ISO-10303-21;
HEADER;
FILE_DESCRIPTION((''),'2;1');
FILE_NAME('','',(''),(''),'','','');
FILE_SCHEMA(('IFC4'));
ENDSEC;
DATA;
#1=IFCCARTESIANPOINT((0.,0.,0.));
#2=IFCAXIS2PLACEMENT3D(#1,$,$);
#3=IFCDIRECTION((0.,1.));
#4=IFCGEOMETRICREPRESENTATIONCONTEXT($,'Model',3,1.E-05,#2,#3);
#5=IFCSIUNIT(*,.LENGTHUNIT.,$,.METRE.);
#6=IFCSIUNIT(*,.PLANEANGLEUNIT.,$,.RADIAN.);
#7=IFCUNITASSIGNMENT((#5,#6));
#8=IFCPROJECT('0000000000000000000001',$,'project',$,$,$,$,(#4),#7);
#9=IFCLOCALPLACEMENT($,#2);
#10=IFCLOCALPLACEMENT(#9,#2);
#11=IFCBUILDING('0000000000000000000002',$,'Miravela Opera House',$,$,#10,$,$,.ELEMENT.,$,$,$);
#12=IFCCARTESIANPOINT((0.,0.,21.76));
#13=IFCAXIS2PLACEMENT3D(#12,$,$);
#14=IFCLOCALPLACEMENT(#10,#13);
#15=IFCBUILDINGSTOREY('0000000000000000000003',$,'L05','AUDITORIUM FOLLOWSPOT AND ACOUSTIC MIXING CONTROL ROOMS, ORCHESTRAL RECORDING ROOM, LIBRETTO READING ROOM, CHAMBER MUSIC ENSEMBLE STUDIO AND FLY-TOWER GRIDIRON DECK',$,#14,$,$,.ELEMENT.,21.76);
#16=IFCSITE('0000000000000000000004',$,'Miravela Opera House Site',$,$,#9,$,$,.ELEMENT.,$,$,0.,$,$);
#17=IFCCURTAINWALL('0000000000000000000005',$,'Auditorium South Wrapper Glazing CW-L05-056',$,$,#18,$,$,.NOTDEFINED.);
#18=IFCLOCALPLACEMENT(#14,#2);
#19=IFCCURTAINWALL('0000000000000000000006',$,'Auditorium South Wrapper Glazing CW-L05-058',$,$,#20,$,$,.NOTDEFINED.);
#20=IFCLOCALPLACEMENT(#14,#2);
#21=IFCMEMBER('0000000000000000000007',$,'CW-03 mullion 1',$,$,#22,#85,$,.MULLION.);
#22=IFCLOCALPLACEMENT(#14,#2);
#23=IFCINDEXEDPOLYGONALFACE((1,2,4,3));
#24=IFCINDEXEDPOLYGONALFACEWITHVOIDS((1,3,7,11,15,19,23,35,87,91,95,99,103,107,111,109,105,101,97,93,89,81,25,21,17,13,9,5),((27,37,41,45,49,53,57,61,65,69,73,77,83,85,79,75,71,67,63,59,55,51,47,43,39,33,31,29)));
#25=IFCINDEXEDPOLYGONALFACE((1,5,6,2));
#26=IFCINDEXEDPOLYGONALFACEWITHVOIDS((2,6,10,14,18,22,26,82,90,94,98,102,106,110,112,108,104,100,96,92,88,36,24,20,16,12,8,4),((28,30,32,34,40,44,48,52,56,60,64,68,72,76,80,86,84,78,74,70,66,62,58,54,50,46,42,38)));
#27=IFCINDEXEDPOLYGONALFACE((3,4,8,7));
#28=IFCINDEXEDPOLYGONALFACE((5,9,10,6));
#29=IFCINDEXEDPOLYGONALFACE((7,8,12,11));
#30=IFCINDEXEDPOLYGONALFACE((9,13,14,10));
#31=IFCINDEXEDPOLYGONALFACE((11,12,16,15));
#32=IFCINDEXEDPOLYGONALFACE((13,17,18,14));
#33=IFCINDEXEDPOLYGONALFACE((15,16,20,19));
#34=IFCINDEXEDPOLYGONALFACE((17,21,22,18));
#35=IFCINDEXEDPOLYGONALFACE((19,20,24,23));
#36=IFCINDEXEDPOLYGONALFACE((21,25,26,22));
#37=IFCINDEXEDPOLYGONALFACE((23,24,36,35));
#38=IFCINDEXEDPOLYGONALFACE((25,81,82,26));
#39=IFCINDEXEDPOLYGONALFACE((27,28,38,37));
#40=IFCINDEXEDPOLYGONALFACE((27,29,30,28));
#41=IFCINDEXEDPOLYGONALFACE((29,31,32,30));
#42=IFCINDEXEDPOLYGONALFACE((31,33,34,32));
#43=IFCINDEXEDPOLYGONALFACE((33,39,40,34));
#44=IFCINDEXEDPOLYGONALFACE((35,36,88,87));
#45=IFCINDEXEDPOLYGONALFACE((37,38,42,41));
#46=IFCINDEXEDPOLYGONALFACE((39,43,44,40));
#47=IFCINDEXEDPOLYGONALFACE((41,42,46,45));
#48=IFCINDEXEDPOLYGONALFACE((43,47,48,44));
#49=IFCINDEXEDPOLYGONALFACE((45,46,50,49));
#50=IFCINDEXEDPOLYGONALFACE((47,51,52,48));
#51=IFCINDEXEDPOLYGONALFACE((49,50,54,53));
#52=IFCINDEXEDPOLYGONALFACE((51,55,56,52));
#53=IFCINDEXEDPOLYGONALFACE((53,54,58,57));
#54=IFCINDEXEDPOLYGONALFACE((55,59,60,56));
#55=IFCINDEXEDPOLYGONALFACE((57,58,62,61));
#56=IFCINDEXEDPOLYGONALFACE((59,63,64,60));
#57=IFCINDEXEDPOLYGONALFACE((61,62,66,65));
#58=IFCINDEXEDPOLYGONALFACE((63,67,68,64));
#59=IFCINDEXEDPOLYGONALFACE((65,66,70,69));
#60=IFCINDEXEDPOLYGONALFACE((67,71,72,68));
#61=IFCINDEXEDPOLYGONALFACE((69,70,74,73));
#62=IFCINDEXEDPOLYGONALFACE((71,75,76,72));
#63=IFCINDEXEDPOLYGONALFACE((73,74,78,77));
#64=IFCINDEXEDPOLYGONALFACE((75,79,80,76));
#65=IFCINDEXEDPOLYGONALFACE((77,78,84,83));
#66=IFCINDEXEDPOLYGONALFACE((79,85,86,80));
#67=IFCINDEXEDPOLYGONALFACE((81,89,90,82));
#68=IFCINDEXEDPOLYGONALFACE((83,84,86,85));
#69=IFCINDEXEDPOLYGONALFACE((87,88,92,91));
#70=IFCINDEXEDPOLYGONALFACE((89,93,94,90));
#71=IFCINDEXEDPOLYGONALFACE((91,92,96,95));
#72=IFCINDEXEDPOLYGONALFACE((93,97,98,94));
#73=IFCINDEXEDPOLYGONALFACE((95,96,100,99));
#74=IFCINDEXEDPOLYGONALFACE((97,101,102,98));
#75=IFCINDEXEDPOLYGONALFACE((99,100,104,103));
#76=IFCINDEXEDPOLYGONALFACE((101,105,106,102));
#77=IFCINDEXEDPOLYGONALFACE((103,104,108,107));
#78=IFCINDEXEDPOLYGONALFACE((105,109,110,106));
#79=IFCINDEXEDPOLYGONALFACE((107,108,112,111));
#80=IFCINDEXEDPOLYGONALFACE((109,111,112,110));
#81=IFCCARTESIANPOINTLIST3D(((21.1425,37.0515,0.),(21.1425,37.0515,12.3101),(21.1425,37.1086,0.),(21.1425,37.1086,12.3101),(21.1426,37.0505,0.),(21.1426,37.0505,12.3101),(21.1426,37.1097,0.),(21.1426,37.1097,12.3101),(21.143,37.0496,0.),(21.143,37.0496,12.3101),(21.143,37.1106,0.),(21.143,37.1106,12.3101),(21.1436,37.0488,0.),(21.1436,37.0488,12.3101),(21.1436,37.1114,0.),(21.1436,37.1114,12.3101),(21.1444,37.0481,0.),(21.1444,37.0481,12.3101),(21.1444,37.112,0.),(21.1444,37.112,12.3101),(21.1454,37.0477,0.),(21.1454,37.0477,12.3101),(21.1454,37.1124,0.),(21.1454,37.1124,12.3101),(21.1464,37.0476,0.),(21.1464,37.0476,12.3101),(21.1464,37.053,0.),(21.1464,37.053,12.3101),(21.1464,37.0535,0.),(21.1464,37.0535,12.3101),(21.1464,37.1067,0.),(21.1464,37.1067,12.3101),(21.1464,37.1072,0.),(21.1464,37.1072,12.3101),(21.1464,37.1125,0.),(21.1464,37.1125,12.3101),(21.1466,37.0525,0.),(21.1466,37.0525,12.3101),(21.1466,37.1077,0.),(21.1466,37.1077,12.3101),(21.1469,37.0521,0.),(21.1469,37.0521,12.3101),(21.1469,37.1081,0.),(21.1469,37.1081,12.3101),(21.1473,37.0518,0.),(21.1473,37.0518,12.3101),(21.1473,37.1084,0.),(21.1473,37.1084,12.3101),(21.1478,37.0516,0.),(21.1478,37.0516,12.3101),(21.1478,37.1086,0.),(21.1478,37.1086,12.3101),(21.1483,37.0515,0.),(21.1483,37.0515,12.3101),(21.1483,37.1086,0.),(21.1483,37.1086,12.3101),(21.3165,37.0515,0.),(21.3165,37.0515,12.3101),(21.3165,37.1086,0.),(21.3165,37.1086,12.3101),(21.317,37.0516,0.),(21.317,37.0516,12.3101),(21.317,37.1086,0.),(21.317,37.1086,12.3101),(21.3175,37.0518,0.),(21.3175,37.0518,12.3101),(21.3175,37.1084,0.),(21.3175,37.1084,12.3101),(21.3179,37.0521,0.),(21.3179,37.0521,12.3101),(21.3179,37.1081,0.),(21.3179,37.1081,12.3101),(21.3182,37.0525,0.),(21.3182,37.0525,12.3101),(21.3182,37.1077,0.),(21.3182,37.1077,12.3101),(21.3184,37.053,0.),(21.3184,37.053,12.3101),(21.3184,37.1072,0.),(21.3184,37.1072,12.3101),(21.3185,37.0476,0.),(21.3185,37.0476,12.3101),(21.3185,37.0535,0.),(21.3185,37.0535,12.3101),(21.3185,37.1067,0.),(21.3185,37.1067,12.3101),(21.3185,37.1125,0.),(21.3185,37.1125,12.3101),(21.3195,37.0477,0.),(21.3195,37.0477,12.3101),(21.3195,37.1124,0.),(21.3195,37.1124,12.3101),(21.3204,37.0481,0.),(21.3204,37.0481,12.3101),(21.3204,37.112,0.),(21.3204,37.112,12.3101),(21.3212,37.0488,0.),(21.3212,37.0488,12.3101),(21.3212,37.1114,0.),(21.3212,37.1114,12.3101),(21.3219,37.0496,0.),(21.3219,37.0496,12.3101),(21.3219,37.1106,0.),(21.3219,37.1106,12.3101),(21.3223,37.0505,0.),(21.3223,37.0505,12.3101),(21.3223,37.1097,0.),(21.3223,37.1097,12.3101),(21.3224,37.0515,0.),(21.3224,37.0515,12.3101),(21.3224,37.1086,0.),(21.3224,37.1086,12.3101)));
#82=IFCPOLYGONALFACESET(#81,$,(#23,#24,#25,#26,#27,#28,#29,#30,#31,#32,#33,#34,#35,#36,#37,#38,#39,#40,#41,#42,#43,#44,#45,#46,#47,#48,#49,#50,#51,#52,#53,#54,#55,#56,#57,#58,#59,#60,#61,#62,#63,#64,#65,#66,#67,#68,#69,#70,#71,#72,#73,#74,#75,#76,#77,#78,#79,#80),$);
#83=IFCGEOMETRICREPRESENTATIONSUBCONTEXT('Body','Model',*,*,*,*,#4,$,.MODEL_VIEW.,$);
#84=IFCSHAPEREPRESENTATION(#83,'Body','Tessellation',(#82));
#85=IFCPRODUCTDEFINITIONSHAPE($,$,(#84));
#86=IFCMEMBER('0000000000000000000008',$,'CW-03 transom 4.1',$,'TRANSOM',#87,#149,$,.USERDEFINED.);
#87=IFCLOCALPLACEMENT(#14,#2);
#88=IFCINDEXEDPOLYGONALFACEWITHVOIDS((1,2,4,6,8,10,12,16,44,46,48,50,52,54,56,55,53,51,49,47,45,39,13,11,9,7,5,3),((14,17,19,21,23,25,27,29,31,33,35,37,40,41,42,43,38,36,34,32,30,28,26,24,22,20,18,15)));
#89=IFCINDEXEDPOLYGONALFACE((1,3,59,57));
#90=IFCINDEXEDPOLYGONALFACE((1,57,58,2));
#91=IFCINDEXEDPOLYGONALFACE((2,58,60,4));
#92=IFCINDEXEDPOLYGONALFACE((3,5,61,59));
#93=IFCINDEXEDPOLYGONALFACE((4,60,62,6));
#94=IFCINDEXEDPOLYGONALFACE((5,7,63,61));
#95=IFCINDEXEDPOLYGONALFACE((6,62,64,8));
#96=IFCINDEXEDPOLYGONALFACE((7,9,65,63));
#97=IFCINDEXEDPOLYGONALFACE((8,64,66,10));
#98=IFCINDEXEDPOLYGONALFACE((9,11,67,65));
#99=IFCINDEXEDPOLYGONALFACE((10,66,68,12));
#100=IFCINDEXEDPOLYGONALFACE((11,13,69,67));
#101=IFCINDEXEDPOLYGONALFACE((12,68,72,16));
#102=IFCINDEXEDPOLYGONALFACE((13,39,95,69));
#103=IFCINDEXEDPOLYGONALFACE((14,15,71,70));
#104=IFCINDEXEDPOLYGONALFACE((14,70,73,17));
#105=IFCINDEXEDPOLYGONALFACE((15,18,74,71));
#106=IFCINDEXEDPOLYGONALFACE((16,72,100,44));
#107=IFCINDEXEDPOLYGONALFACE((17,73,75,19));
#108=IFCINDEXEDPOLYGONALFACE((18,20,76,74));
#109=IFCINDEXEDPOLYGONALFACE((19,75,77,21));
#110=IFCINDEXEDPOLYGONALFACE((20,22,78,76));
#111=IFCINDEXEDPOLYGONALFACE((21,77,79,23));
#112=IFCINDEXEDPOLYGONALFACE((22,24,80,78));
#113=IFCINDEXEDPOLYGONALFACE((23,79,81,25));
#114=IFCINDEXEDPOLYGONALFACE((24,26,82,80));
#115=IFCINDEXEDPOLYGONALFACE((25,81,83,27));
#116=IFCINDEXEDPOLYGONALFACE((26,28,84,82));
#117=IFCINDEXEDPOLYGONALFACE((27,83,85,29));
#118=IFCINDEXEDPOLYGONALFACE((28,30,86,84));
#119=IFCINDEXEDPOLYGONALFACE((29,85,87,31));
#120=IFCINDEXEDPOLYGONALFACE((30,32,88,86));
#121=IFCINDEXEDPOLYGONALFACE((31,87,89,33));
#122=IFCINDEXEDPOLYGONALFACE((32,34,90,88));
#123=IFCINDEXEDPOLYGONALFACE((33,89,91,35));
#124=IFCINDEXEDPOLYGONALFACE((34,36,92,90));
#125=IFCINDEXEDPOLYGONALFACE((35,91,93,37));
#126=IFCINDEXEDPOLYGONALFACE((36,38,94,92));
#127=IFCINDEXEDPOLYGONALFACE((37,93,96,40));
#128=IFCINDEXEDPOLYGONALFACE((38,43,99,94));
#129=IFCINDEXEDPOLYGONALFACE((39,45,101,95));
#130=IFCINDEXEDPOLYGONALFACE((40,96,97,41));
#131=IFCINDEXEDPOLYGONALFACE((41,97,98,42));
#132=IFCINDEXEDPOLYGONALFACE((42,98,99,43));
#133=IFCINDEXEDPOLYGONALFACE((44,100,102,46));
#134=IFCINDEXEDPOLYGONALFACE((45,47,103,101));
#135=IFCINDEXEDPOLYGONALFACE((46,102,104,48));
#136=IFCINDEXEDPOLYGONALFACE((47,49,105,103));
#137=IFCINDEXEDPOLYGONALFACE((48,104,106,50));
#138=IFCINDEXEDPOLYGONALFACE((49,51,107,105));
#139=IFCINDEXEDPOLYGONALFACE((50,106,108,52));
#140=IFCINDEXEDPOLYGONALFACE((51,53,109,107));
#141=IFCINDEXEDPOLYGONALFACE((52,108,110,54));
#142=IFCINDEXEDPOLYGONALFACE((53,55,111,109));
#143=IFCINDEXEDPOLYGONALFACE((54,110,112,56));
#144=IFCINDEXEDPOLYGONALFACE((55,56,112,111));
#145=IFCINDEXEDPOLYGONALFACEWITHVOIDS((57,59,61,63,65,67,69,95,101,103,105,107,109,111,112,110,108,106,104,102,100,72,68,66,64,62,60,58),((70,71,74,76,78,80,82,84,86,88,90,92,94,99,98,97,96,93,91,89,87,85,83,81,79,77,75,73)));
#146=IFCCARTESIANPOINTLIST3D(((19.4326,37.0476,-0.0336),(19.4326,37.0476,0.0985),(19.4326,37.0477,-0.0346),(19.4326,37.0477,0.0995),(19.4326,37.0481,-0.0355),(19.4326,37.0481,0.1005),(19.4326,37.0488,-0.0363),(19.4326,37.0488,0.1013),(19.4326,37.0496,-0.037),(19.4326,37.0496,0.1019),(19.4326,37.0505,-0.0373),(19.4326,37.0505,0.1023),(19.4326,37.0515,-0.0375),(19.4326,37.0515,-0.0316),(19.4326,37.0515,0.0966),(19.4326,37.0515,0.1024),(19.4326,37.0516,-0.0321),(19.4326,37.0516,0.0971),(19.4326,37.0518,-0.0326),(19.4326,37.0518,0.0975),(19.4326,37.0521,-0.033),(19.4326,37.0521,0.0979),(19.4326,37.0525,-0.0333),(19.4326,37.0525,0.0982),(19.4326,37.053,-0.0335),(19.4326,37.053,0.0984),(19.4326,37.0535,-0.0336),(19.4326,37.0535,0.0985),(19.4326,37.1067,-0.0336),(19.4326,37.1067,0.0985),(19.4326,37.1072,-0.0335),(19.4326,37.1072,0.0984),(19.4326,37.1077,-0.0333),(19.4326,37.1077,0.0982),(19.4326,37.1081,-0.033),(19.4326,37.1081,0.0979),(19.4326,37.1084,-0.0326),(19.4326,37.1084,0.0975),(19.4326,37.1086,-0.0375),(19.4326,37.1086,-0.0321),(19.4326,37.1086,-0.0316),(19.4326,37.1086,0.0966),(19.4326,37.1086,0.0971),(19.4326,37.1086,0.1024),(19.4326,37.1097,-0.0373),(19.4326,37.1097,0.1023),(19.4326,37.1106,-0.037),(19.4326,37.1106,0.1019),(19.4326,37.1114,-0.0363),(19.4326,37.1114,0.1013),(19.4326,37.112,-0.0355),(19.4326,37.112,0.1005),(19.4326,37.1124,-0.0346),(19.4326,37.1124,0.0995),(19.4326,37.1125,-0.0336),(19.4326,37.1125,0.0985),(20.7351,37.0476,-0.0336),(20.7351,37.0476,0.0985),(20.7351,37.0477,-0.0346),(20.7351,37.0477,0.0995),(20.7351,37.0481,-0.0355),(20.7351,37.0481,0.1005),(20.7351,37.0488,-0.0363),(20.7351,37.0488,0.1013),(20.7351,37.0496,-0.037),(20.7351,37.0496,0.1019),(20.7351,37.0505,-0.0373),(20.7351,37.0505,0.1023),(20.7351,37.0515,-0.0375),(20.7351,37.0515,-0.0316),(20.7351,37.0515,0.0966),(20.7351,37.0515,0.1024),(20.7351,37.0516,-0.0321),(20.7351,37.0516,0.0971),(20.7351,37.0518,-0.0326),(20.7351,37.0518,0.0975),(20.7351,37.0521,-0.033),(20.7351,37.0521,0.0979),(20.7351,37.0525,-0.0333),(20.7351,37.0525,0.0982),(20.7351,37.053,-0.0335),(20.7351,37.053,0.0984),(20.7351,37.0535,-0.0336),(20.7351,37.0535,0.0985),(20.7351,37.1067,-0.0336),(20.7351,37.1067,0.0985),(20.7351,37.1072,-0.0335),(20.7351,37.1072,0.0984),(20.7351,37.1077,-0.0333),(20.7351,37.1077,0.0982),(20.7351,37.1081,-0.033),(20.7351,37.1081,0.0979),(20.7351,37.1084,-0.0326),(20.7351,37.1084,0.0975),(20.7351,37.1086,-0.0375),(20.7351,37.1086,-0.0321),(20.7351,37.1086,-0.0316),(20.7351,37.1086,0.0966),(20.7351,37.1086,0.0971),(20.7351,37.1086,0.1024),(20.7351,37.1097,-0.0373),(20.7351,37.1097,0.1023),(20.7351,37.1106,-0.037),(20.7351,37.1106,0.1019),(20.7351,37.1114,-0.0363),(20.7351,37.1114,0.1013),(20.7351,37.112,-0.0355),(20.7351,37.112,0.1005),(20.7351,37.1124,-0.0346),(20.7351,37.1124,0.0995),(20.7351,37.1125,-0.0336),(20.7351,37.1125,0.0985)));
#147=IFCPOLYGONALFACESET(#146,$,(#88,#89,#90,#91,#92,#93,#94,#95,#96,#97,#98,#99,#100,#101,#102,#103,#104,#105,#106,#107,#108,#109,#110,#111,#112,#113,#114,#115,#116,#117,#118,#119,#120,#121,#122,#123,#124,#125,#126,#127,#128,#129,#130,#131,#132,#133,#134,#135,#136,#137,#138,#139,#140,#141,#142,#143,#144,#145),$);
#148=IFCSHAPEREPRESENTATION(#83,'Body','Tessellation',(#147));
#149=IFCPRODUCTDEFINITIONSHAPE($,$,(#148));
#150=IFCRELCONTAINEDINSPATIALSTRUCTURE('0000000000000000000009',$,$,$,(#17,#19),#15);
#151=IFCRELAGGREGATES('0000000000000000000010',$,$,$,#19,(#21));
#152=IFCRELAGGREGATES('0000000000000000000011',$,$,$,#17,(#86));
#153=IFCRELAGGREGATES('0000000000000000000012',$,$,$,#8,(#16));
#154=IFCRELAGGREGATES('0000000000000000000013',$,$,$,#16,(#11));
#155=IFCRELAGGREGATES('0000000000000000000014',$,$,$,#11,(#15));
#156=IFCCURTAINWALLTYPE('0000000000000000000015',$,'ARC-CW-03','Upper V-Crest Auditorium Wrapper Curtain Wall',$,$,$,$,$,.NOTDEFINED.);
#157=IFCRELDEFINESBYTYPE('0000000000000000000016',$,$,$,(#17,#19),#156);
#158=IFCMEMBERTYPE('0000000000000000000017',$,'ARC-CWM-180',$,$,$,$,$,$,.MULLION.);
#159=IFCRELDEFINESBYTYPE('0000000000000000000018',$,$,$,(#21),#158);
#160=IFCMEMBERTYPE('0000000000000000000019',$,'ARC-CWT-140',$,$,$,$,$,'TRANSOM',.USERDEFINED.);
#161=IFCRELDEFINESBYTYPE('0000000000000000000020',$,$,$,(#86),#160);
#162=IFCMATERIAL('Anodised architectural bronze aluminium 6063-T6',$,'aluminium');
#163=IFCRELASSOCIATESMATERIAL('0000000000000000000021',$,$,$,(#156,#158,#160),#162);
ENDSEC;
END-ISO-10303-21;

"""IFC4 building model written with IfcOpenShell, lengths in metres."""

from ifc_helpers import new_model, si_unit, direction, frame, origin, origin_2d, place, context, subcontext, project, spatial, hollow_rectangle, extrude, material, material_profile, profile_set, type_object, element, aggregate, save


model = new_model("IFC4")

# Units and contexts
model_context = context("Model", 3, precision=1e-05, world=origin(), true_north=direction((0.0, 1.0)))
body_context = subcontext(model_context, "Body", "Model", "MODEL_VIEW")
ifc_project = project(units=[si_unit("LENGTHUNIT", "METRE"), si_unit("PLANEANGLEUNIT", "RADIAN")], contexts=[model_context])

# Site, building, storey
site_placement = place(None, origin())
site = spatial("IfcSite", under=ifc_project, at=site_placement, Name="Miravela Opera House Site", CompositionType="ELEMENT", RefElevation=0.0)
building_placement = place(site_placement, origin())
building = spatial("IfcBuilding", under=site, at=building_placement, Name="Miravela Opera House", CompositionType="ELEMENT")
storey_placement = place(building_placement, frame((0.0, 0.0, 21.76)))
storey = spatial("IfcBuildingStorey", under=building, at=storey_placement, Name="L05", Description="AUDITORIUM FOLLOWSPOT AND ACOUSTIC MIXING CONTROL ROOMS, ORCHESTRAL RECORDING ROOM, LIBRETTO READING ROOM, CHAMBER MUSIC ENSEMBLE STUDIO AND FLY-TOWER GRIDIRON DECK", CompositionType="ELEMENT", Elevation=21.76)

# Curtain wall
ifc_material_1 = material(Name="Anodised architectural bronze aluminium 6063-T6", Category="aluminium")
curtain_wall_type = type_object("IfcCurtainWallType", Name="ARC-CW-03", Description="Upper V-Crest Auditorium Wrapper Curtain Wall", PredefinedType="NOTDEFINED", material=ifc_material_1)
curtain_wall_1_placement = place(storey_placement, origin())
curtain_wall_1 = element("IfcCurtainWall", 1, at=curtain_wall_1_placement, inside=storey, type_object=curtain_wall_type, Name="Auditorium South Wrapper Glazing CW-L05-056", PredefinedType="NOTDEFINED")
ifc_material_profile_1 = material_profile(ifc_material_1, hollow_rectangle(XDim=0.0649, YDim=0.1799, WallThickness=0.0039, InnerFilletRadius=0.002, OuterFilletRadius=0.0039, at=origin_2d()), Name="CWM-65X180")
ifc_profile_set_1 = profile_set([ifc_material_profile_1])
member_type_1 = type_object("IfcMemberType", Name="ARC-CWM-180", PredefinedType="MULLION", material=ifc_profile_set_1)

# Curtain wall, member
curtain_wall_2_placement = place(storey_placement, origin())
curtain_wall_2 = element("IfcCurtainWall", 2, at=curtain_wall_2_placement, inside=storey, type_object=curtain_wall_type, Name="Auditorium South Wrapper Glazing CW-L05-058", PredefinedType="NOTDEFINED")
member_1_placement = place(storey_placement, frame((21.2324, 37.0801, 0.0), z_axis=(0.0, 0.0, 1.0), x_axis=(0.0, 1.0, 0.0)))
member_1 = element("IfcMember", 3, at=member_1_placement, type_object=member_type_1, Name="CW-03 mullion 1", PredefinedType="MULLION", context=body_context, shape_type="SweptSolid", body=[
    extrude(hollow_rectangle(XDim=0.0649, YDim=0.1799, WallThickness=0.0039, InnerFilletRadius=0.002, OuterFilletRadius=0.0039, at=origin_2d()), origin(), (0.0, 0.0, 1.0), 12.3101),
])

# Member
ifc_material_profile_2 = material_profile(ifc_material_1, hollow_rectangle(XDim=0.0649, YDim=0.1399, WallThickness=0.0039, InnerFilletRadius=0.002, OuterFilletRadius=0.0039, at=origin_2d()), Name="CWT-65X140")
ifc_profile_set_2 = profile_set([ifc_material_profile_2])
member_type_2 = type_object("IfcMemberType", Name="ARC-CWT-140", ElementType="TRANSOM", PredefinedType="USERDEFINED", material=ifc_profile_set_2)
member_2_placement = place(storey_placement, frame((19.4326, 37.0801, 0.0325), z_axis=(1.0, 0.0, 0.0), x_axis=(0.0, 1.0, 0.0)))
member_2 = element("IfcMember", 4, at=member_2_placement, type_object=member_type_2, Name="CW-03 transom 4.1", ObjectType="TRANSOM", PredefinedType="USERDEFINED", context=body_context, shape_type="SweptSolid", body=[
    extrude(hollow_rectangle(XDim=0.0649, YDim=0.1399, WallThickness=0.0039, InnerFilletRadius=0.002, OuterFilletRadius=0.0039, at=origin_2d()), origin(), (0.0, 0.0, 1.0), 1.3025),
])
aggregate(curtain_wall_2, [member_1])

aggregate(curtain_wall_1, [member_2])

save(model, "model.ifc")
